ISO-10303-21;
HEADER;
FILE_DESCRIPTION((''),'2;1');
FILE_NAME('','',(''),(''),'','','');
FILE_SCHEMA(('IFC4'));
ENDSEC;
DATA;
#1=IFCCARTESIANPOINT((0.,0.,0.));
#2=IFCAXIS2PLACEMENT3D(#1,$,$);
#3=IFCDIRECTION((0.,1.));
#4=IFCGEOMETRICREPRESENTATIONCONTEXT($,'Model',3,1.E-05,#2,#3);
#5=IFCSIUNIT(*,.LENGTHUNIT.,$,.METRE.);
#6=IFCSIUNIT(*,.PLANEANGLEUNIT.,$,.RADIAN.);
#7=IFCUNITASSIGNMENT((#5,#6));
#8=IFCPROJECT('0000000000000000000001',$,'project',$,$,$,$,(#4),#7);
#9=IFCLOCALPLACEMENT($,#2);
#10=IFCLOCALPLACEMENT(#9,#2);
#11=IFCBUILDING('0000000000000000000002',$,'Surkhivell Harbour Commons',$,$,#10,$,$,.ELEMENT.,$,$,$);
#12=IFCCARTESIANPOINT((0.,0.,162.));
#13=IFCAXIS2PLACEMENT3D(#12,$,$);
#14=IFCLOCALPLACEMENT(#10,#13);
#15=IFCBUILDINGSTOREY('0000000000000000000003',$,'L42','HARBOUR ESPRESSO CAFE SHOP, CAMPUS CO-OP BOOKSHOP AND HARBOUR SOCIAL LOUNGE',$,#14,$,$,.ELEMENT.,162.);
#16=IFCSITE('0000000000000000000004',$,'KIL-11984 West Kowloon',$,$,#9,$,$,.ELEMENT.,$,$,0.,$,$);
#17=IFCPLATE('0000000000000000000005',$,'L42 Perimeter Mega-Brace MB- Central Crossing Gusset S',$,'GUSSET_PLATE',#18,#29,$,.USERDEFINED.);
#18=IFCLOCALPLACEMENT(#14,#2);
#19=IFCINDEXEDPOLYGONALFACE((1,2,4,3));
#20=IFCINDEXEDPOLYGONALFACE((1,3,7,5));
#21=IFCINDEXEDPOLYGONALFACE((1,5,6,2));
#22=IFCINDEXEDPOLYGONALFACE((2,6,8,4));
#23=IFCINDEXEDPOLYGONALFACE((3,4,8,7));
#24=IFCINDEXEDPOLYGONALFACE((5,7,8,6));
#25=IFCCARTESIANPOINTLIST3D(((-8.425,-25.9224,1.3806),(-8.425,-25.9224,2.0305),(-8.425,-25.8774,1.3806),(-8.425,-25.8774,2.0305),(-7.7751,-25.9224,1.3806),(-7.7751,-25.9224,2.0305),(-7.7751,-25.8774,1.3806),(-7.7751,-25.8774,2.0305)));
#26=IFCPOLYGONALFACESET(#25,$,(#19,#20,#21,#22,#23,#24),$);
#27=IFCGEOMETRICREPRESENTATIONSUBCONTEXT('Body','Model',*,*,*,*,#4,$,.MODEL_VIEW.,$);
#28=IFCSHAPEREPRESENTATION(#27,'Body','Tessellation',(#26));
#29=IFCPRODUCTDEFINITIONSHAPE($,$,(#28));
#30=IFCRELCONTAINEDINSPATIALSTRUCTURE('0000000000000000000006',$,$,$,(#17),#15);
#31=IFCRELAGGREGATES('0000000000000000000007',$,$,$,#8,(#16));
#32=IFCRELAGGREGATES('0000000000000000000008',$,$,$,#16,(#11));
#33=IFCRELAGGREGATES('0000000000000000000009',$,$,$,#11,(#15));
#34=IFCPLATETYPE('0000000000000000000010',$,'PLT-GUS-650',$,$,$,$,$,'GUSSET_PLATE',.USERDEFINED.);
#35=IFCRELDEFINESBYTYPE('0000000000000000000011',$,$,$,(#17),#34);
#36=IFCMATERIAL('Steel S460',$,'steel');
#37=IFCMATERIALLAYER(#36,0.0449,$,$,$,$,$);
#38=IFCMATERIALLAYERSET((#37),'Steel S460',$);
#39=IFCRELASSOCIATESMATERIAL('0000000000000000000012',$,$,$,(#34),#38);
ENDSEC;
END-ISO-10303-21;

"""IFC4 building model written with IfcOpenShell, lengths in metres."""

from ifc_helpers import new_model, si_unit, direction, frame, origin, origin_2d, place, context, subcontext, project, spatial, rectangle, extrude, material, layer, layer_set, type_object, element, save


model = new_model("IFC4")

# Units and contexts
model_context = context("Model", 3, precision=1e-05, world=origin(), true_north=direction((0.0, 1.0)))
body_context = subcontext(model_context, "Body", "Model", "MODEL_VIEW")
ifc_project = project(units=[si_unit("LENGTHUNIT", "METRE"), si_unit("PLANEANGLEUNIT", "RADIAN")], contexts=[model_context])

# Site, building, storey
site_placement = place(None, origin())
site = spatial("IfcSite", under=ifc_project, at=site_placement, Name="KIL-11984 West Kowloon", CompositionType="ELEMENT", RefElevation=0.0)
building_placement = place(site_placement, origin())
building = spatial("IfcBuilding", under=site, at=building_placement, Name="Surkhivell Harbour Commons", CompositionType="ELEMENT")
storey_placement = place(building_placement, frame((0.0, 0.0, 162.0)))
storey = spatial("IfcBuildingStorey", under=building, at=storey_placement, Name="L42", Description="HARBOUR ESPRESSO CAFE SHOP, CAMPUS CO-OP BOOKSHOP AND HARBOUR SOCIAL LOUNGE", CompositionType="ELEMENT", Elevation=162.0)

# Shared definitions
ifc_material_1 = material(Name="Steel S460", Category="steel")

# Plate
ifc_layer_1 = layer(ifc_material_1, 0.0449)
ifc_layer_set_1 = layer_set([ifc_layer_1], Name="Steel S460")
plate_type_1 = type_object("IfcPlateType", Name="PLT-GUS-650", ElementType="GUSSET_PLATE", PredefinedType="USERDEFINED", material=ifc_layer_set_1)
for number, where, z_axis, x_axis, name in (
    (1, (-8.1001, -25.8999, 1.3806), (0.0, 0.0, 1.0), (1.0, 0.0, 0.0), "L42 Perimeter Mega-Brace MB- Central Crossing Gusset S"),
):
    element("IfcPlate", number, at=place(storey_placement, frame(where, z_axis=z_axis, x_axis=x_axis)), inside=storey, type_object=plate_type_1, Name=name, ObjectType="GUSSET_PLATE", PredefinedType="USERDEFINED", context=body_context, shape_type="SweptSolid", body=[
        extrude(rectangle(XDim=0.6499, YDim=0.0449, at=origin_2d()), origin(), (0.0, 0.0, 1.0), 0.6499),
    ])

save(model, "model.ifc")
